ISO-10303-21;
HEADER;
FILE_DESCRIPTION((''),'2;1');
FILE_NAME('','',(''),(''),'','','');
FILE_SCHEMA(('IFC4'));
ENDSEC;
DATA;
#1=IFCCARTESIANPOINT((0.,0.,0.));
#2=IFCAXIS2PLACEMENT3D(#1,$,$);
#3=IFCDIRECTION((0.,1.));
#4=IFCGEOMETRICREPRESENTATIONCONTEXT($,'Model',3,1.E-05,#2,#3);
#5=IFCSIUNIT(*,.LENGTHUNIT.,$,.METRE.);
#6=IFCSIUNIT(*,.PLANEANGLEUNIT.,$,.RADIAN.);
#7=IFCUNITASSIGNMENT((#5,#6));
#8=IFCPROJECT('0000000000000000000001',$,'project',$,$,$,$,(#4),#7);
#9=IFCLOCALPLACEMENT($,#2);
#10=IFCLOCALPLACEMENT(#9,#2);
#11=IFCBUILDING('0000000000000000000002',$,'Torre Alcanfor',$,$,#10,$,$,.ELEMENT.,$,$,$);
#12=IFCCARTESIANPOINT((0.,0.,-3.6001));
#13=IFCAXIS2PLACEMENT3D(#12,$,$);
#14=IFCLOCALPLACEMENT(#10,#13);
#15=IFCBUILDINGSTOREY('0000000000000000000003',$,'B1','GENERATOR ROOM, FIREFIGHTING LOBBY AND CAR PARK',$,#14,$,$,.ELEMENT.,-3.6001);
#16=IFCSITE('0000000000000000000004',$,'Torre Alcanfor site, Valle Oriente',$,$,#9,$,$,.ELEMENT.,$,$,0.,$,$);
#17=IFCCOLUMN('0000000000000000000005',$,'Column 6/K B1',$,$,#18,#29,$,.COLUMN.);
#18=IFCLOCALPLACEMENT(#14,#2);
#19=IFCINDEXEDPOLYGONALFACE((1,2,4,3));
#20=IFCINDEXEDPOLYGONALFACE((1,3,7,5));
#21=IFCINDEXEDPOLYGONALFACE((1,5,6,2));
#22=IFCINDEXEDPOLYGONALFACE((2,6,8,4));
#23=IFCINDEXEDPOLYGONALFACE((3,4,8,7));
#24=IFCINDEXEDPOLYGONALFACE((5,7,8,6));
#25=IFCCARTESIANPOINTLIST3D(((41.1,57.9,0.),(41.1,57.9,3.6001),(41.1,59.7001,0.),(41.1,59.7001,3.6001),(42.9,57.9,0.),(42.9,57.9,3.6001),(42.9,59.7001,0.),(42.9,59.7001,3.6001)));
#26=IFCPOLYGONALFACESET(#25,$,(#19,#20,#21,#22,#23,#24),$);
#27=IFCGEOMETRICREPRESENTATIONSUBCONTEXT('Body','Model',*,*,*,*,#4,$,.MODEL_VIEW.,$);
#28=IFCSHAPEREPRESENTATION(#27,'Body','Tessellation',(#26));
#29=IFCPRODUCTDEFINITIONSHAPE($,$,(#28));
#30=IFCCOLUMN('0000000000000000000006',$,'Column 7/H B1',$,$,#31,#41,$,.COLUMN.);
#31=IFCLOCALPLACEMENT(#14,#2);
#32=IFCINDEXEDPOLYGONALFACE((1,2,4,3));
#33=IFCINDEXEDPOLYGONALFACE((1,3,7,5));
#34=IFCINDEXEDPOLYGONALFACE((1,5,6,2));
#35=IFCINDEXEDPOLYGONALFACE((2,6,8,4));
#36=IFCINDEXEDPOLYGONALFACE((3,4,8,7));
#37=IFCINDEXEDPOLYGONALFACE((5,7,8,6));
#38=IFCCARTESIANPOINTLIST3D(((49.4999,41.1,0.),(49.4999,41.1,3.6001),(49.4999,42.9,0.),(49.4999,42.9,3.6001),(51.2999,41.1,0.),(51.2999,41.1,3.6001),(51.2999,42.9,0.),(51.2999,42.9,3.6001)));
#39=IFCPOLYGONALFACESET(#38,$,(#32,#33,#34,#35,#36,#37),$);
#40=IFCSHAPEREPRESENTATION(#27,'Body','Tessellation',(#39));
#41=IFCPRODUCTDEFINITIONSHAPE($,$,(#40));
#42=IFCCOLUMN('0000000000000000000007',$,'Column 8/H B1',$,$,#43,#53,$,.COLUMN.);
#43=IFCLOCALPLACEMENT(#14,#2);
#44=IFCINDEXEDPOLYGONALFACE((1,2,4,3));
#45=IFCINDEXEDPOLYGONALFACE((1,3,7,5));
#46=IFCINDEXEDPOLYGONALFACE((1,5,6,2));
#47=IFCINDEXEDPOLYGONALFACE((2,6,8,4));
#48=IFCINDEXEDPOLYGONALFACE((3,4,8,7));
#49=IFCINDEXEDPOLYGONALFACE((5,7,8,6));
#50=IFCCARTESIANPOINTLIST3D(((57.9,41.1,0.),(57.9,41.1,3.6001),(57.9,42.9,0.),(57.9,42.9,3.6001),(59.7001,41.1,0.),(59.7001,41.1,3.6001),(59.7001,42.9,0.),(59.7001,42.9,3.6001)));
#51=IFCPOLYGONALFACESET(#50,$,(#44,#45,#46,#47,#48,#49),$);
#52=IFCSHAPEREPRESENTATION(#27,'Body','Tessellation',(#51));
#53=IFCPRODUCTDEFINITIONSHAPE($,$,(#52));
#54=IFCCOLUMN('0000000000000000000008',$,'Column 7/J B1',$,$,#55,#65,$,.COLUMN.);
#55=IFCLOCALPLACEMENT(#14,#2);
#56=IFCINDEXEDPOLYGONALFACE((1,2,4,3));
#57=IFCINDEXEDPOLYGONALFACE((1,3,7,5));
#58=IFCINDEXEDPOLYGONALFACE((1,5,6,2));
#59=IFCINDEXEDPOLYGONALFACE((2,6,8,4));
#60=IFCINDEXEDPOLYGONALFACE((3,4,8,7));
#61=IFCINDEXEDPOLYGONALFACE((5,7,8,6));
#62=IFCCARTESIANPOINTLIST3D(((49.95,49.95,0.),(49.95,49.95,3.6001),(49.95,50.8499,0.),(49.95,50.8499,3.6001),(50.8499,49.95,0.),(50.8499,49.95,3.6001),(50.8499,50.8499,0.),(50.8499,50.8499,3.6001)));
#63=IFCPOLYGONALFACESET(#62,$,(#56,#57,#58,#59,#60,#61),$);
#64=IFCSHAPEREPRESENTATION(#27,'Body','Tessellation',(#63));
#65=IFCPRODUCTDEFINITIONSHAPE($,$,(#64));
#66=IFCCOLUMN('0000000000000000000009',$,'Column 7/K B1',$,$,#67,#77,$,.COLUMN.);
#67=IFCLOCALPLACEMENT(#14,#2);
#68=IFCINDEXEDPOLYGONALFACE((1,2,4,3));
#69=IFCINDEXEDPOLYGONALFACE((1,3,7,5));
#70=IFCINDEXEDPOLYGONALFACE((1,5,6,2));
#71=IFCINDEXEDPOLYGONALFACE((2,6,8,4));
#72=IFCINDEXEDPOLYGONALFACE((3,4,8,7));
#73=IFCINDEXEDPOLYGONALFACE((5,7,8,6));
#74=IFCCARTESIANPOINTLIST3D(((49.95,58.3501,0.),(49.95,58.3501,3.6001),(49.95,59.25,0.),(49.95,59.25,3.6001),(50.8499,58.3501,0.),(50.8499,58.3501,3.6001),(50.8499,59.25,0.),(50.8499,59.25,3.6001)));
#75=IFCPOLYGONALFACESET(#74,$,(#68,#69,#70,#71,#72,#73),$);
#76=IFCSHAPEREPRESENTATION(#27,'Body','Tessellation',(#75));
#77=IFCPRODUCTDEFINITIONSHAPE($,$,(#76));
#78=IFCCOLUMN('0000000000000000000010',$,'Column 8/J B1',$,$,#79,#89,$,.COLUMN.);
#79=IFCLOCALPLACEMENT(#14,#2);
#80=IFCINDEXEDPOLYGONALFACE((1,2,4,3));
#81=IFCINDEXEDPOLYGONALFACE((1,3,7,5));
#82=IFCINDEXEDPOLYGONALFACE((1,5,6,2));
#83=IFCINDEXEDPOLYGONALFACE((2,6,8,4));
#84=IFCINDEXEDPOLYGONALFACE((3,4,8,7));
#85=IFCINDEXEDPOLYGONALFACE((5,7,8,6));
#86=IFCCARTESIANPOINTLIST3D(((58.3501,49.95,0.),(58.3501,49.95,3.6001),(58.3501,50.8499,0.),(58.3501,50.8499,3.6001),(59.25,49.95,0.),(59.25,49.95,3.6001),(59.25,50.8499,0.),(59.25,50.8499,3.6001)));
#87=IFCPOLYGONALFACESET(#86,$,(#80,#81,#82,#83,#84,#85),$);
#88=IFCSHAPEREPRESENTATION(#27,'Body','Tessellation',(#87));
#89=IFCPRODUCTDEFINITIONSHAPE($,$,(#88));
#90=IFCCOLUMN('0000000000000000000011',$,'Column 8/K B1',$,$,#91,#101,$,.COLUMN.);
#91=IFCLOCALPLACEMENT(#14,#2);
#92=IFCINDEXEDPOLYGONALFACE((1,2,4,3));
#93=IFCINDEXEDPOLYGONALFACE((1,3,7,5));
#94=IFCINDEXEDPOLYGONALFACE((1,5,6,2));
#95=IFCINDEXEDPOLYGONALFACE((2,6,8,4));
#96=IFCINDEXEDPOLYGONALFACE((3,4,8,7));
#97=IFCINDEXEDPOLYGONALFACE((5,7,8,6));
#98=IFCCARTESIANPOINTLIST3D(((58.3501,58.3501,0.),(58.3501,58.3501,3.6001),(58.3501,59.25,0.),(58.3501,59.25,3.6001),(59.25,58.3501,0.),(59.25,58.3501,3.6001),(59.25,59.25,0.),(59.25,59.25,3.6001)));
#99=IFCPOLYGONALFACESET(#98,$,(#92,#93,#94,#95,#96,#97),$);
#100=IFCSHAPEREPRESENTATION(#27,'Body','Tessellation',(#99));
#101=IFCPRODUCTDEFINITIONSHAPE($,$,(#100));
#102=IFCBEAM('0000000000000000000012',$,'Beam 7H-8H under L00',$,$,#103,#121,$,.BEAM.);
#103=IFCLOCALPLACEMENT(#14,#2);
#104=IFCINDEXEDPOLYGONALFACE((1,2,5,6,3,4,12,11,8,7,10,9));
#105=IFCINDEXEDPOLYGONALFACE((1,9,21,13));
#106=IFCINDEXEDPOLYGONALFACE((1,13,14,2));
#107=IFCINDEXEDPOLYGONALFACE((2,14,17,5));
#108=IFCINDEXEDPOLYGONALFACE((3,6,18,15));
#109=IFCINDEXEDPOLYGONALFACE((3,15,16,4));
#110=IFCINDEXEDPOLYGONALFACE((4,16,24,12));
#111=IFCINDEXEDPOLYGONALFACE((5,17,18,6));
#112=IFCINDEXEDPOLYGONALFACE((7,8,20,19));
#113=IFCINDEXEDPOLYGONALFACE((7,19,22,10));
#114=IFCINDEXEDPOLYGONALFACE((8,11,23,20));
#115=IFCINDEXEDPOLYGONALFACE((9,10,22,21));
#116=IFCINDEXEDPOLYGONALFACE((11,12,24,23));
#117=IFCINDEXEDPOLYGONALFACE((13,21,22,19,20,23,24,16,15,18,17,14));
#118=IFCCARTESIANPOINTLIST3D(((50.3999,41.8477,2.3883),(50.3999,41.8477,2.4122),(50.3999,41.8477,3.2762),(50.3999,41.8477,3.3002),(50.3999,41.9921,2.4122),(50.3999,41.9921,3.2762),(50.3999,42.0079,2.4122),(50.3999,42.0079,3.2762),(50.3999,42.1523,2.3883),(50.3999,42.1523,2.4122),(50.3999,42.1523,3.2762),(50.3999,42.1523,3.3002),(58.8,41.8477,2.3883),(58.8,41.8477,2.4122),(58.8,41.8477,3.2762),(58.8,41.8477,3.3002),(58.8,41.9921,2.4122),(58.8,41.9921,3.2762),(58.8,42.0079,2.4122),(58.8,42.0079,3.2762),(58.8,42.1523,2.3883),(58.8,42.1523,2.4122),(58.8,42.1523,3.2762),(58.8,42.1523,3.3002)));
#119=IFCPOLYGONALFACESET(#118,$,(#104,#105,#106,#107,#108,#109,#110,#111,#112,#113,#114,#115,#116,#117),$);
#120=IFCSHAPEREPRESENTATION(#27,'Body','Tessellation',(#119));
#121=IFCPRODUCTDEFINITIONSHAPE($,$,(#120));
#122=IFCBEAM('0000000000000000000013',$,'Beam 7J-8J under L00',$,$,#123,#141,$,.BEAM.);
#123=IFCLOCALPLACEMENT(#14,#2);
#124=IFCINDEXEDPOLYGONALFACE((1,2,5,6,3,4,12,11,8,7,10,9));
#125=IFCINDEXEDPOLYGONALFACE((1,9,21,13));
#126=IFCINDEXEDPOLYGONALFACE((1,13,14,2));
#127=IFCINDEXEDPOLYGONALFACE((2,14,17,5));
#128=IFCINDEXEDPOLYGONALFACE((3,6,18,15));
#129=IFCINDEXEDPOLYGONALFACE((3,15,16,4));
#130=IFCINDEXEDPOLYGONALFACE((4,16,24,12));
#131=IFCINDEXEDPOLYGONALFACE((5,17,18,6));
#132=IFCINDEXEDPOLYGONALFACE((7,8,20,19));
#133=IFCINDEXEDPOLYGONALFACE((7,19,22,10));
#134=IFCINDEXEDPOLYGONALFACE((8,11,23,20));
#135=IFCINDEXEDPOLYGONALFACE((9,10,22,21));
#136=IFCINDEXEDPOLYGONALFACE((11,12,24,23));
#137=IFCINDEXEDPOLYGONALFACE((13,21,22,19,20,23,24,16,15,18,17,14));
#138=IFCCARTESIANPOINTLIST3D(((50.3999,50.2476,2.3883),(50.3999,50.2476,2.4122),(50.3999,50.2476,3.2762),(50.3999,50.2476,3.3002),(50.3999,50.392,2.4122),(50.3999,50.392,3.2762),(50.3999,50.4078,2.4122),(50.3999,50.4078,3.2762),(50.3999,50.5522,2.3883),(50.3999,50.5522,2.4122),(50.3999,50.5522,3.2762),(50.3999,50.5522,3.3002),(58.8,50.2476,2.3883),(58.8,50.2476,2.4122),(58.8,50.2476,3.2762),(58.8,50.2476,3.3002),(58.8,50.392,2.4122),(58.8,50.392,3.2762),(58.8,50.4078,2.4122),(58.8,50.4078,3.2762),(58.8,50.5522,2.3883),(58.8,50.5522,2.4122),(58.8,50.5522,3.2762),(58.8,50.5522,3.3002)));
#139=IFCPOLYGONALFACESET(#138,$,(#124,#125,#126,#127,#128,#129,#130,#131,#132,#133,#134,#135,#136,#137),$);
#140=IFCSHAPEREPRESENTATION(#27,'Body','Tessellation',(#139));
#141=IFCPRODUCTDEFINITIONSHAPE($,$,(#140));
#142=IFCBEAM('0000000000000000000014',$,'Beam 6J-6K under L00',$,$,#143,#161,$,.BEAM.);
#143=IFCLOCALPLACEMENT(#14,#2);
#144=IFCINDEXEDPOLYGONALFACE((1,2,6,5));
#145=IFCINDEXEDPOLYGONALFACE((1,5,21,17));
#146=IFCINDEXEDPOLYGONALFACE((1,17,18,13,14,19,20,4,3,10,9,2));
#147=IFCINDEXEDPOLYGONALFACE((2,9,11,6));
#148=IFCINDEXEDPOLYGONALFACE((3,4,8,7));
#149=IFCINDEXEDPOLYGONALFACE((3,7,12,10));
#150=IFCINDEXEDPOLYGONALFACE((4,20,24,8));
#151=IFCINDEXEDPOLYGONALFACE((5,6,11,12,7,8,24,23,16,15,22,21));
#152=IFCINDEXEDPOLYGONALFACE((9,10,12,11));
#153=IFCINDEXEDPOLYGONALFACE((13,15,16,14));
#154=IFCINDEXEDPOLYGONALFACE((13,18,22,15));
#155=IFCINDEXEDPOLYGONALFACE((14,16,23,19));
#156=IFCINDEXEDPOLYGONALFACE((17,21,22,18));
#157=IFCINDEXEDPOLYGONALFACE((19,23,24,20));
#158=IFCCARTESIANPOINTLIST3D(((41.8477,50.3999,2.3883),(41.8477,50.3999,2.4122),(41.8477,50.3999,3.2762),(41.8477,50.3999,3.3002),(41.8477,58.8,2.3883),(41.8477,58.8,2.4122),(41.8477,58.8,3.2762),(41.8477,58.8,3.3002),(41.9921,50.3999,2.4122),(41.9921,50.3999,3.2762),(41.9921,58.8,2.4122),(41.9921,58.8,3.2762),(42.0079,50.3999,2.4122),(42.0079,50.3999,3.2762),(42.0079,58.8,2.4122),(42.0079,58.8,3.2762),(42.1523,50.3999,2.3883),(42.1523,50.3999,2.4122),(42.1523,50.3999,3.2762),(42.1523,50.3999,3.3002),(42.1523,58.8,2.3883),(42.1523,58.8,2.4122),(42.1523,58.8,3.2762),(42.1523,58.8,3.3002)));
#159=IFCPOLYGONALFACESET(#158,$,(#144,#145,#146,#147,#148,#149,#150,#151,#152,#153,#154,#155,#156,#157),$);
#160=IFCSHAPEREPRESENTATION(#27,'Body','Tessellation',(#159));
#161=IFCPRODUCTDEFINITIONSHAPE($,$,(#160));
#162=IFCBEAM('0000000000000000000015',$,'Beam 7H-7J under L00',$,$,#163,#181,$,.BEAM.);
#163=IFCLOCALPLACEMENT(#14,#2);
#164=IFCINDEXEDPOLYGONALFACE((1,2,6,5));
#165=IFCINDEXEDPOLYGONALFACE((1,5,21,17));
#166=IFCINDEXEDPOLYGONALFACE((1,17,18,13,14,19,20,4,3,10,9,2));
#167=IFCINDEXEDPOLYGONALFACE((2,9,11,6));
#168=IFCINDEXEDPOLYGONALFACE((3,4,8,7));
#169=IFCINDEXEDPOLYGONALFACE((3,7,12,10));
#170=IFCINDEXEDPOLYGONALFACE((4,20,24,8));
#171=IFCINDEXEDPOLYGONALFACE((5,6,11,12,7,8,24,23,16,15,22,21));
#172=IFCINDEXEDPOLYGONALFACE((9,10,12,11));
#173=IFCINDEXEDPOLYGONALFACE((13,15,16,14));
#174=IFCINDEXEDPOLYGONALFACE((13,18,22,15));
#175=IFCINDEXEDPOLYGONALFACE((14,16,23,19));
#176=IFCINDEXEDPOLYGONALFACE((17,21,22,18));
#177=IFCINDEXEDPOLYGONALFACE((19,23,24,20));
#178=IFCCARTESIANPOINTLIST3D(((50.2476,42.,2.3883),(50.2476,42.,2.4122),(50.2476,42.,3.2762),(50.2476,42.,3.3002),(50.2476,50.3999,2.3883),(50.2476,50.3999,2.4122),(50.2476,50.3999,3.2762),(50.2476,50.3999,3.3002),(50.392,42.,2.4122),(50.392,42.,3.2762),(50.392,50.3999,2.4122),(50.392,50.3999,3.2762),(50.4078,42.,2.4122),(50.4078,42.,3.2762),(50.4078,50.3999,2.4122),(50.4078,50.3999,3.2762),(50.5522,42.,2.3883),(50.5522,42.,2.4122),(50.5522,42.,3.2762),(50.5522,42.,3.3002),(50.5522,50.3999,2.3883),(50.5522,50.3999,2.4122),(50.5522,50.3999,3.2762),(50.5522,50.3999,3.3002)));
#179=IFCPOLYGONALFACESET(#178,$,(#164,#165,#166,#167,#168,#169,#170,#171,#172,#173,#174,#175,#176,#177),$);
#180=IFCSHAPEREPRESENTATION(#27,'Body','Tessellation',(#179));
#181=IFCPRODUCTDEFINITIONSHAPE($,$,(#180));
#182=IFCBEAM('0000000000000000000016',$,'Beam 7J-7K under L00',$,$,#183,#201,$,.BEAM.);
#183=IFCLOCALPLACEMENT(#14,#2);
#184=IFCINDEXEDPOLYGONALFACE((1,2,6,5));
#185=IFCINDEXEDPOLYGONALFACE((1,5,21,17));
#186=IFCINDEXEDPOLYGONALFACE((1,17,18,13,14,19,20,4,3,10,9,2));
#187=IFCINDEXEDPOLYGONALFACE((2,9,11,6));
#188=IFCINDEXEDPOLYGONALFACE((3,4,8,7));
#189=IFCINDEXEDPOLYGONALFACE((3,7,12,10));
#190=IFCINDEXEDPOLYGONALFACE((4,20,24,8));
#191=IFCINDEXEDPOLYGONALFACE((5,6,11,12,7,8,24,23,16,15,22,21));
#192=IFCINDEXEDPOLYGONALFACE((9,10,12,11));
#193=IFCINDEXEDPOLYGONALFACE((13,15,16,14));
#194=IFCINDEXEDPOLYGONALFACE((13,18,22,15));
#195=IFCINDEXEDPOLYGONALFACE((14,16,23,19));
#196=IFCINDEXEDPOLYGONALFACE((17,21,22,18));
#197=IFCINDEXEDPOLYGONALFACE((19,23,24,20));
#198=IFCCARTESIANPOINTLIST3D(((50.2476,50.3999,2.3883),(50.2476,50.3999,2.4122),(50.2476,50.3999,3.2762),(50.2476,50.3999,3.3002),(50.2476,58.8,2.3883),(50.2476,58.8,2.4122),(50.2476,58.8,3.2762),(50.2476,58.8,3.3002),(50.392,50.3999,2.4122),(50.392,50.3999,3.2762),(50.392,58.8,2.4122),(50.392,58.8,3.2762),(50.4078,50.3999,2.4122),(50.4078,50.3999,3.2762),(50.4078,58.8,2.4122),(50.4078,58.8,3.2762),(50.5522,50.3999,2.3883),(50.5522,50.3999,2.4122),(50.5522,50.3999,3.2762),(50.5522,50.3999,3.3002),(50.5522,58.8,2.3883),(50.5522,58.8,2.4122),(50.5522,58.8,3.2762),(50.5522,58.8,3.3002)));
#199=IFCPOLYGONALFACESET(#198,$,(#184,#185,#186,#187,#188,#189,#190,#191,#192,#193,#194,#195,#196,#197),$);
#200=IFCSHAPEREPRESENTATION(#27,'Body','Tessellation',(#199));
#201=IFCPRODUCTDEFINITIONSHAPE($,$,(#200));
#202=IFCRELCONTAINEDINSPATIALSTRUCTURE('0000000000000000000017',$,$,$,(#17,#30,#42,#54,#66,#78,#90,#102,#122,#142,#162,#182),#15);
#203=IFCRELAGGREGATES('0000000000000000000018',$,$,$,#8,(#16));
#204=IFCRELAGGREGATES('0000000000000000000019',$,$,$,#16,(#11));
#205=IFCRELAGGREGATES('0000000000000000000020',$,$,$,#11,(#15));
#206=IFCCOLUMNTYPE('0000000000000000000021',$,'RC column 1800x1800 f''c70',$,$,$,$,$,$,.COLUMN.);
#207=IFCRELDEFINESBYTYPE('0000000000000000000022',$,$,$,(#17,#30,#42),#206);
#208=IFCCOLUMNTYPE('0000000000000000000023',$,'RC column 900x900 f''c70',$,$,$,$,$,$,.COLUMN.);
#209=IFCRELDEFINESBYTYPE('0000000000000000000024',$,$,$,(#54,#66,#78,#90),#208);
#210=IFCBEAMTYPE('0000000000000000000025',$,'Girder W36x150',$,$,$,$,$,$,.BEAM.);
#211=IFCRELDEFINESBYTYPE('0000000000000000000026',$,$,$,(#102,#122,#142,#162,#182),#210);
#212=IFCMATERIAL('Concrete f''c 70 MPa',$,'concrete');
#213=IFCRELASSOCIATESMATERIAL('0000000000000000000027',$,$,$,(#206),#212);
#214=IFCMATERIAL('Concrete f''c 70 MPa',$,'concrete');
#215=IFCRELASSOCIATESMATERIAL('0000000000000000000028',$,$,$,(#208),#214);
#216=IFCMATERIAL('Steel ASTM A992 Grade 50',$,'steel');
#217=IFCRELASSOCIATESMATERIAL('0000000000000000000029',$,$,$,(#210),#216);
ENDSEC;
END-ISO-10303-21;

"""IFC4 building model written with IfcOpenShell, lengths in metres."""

from ifc_helpers import new_model, si_unit, direction, frame, origin, origin_2d, place, context, subcontext, project, spatial, rectangle, i_section, extrude, material, material_profile, profile_set, type_object, element, save


model = new_model("IFC4")

# Units and contexts
model_context = context("Model", 3, precision=1e-05, world=origin(), true_north=direction((0.0, 1.0)))
body_context = subcontext(model_context, "Body", "Model", "MODEL_VIEW")
ifc_project = project(units=[si_unit("LENGTHUNIT", "METRE"), si_unit("PLANEANGLEUNIT", "RADIAN")], contexts=[model_context])

# Site, building, storey
site_placement = place(None, origin())
site = spatial("IfcSite", under=ifc_project, at=site_placement, Name="Torre Alcanfor site, Valle Oriente", CompositionType="ELEMENT", RefElevation=0.0)
building_placement = place(site_placement, origin())
building = spatial("IfcBuilding", under=site, at=building_placement, Name="Torre Alcanfor", CompositionType="ELEMENT")
storey_placement = place(building_placement, frame((0.0, 0.0, -3.6001)))
storey = spatial("IfcBuildingStorey", under=building, at=storey_placement, Name="B1", Description="GENERATOR ROOM, FIREFIGHTING LOBBY AND CAR PARK", CompositionType="ELEMENT", Elevation=-3.6001)

# Columns
ifc_material_1 = material(Name="Concrete f'c 70 MPa", Category="concrete")
ifc_material_profile_1 = material_profile(ifc_material_1, rectangle(XDim=1.8, YDim=1.8, at=origin_2d()), Name="1800x1800")
ifc_profile_set_1 = profile_set([ifc_material_profile_1], Name="Concrete f'c 70 MPa")
column_type_1 = type_object("IfcColumnType", Name="RC column 1800x1800 f'c70", PredefinedType="COLUMN", material=ifc_profile_set_1)
for number, where, z_axis, x_axis, name in (
    (1, (42.0, 58.8, 0.0), (0.0, 0.0, 1.0), (1.0, 0.0, 0.0), "Column 6/K B1"),
    (2, (50.3999, 42.0, 0.0), (0.0, 0.0, 1.0), (1.0, 0.0, 0.0), "Column 7/H B1"),
    (3, (58.8, 42.0, 0.0), (0.0, 0.0, 1.0), (1.0, 0.0, 0.0), "Column 8/H B1"),
):
    element("IfcColumn", number, at=place(storey_placement, frame(where, z_axis=z_axis, x_axis=x_axis)), inside=storey, type_object=column_type_1, Name=name, PredefinedType="COLUMN", context=body_context, shape_type="SweptSolid", body=[
        extrude(rectangle(XDim=1.8, YDim=1.8, at=origin_2d()), origin(), (0.0, 0.0, 1.0), 3.6001),
    ])
ifc_material_2 = material(Name="Concrete f'c 70 MPa", Category="concrete")
ifc_material_profile_2 = material_profile(ifc_material_2, rectangle(XDim=0.8999, YDim=0.8999, at=origin_2d()), Name="900x900")
ifc_profile_set_2 = profile_set([ifc_material_profile_2], Name="Concrete f'c 70 MPa")
column_type_2 = type_object("IfcColumnType", Name="RC column 900x900 f'c70", PredefinedType="COLUMN", material=ifc_profile_set_2)
for number, where, z_axis, x_axis, name in (
    (4, (50.3999, 50.3999, 0.0), (0.0, 0.0, 1.0), (1.0, 0.0, 0.0), "Column 7/J B1"),
    (5, (50.3999, 58.8, 0.0), (0.0, 0.0, 1.0), (1.0, 0.0, 0.0), "Column 7/K B1"),
    (6, (58.8, 50.3999, 0.0), (0.0, 0.0, 1.0), (1.0, 0.0, 0.0), "Column 8/J B1"),
    (7, (58.8, 58.8, 0.0), (0.0, 0.0, 1.0), (1.0, 0.0, 0.0), "Column 8/K B1"),
):
    element("IfcColumn", number, at=place(storey_placement, frame(where, z_axis=z_axis, x_axis=x_axis)), inside=storey, type_object=column_type_2, Name=name, PredefinedType="COLUMN", context=body_context, shape_type="SweptSolid", body=[
        extrude(rectangle(XDim=0.8999, YDim=0.8999, at=origin_2d()), origin(), (0.0, 0.0, 1.0), 3.6001),
    ])

# Beams
ifc_material_3 = material(Name="Steel ASTM A992 Grade 50", Category="steel")
ifc_material_profile_3 = material_profile(ifc_material_3, i_section(OverallWidth=0.3047, OverallDepth=0.9119, WebThickness=0.0159, FlangeThickness=0.0239, at=origin_2d()), Name="W36x150")
ifc_profile_set_3 = profile_set([ifc_material_profile_3], Name="Steel ASTM A992 Grade 50")
beam_type_1 = type_object("IfcBeamType", Name="Girder W36x150", PredefinedType="BEAM", material=ifc_profile_set_3)
for number, where, z_axis, x_axis, name in (
    (8, (50.3999, 42.0, 2.8442), (1.0, 0.0, 0.0), (0.0, 1.0, 0.0), "Beam 7H-8H under L00"),
    (9, (50.3999, 50.3999, 2.8442), (1.0, 0.0, 0.0), (0.0, 1.0, 0.0), "Beam 7J-8J under L00"),
    (10, (42.0, 50.3999, 2.8442), (0.0, 1.0, 0.0), (-1.0, 0.0, 0.0), "Beam 6J-6K under L00"),
):
    element("IfcBeam", number, at=place(storey_placement, frame(where, z_axis=z_axis, x_axis=x_axis)), inside=storey, type_object=beam_type_1, Name=name, PredefinedType="BEAM", context=body_context, shape_type="SweptSolid", body=[
        extrude(i_section(OverallWidth=0.3047, OverallDepth=0.9119, WebThickness=0.0159, FlangeThickness=0.0239, at=origin_2d()), origin(), (0.0, 0.0, 1.0), 8.4001),
    ])
beam_1_placement = place(storey_placement, frame((50.3999, 42.0, 2.8442), z_axis=(0.0, 1.0, 0.0), x_axis=(-1.0, 0.0, 0.0)))
element("IfcBeam", 11, at=beam_1_placement, inside=storey, type_object=beam_type_1, Name="Beam 7H-7J under L00", PredefinedType="BEAM", context=body_context, shape_type="SweptSolid", body=[
    extrude(i_section(OverallWidth=0.3047, OverallDepth=0.9119, WebThickness=0.0159, FlangeThickness=0.0239, at=origin_2d()), origin(), (0.0, 0.0, 1.0), 8.3999),
])
beam_2_placement = place(storey_placement, frame((50.3999, 50.3999, 2.8442), z_axis=(0.0, 1.0, 0.0), x_axis=(-1.0, 0.0, 0.0)))
element("IfcBeam", 12, at=beam_2_placement, inside=storey, type_object=beam_type_1, Name="Beam 7J-7K under L00", PredefinedType="BEAM", context=body_context, shape_type="SweptSolid", body=[
    extrude(i_section(OverallWidth=0.3047, OverallDepth=0.9119, WebThickness=0.0159, FlangeThickness=0.0239, at=origin_2d()), origin(), (0.0, 0.0, 1.0), 8.4001),
])

save(model, "model.ifc")
